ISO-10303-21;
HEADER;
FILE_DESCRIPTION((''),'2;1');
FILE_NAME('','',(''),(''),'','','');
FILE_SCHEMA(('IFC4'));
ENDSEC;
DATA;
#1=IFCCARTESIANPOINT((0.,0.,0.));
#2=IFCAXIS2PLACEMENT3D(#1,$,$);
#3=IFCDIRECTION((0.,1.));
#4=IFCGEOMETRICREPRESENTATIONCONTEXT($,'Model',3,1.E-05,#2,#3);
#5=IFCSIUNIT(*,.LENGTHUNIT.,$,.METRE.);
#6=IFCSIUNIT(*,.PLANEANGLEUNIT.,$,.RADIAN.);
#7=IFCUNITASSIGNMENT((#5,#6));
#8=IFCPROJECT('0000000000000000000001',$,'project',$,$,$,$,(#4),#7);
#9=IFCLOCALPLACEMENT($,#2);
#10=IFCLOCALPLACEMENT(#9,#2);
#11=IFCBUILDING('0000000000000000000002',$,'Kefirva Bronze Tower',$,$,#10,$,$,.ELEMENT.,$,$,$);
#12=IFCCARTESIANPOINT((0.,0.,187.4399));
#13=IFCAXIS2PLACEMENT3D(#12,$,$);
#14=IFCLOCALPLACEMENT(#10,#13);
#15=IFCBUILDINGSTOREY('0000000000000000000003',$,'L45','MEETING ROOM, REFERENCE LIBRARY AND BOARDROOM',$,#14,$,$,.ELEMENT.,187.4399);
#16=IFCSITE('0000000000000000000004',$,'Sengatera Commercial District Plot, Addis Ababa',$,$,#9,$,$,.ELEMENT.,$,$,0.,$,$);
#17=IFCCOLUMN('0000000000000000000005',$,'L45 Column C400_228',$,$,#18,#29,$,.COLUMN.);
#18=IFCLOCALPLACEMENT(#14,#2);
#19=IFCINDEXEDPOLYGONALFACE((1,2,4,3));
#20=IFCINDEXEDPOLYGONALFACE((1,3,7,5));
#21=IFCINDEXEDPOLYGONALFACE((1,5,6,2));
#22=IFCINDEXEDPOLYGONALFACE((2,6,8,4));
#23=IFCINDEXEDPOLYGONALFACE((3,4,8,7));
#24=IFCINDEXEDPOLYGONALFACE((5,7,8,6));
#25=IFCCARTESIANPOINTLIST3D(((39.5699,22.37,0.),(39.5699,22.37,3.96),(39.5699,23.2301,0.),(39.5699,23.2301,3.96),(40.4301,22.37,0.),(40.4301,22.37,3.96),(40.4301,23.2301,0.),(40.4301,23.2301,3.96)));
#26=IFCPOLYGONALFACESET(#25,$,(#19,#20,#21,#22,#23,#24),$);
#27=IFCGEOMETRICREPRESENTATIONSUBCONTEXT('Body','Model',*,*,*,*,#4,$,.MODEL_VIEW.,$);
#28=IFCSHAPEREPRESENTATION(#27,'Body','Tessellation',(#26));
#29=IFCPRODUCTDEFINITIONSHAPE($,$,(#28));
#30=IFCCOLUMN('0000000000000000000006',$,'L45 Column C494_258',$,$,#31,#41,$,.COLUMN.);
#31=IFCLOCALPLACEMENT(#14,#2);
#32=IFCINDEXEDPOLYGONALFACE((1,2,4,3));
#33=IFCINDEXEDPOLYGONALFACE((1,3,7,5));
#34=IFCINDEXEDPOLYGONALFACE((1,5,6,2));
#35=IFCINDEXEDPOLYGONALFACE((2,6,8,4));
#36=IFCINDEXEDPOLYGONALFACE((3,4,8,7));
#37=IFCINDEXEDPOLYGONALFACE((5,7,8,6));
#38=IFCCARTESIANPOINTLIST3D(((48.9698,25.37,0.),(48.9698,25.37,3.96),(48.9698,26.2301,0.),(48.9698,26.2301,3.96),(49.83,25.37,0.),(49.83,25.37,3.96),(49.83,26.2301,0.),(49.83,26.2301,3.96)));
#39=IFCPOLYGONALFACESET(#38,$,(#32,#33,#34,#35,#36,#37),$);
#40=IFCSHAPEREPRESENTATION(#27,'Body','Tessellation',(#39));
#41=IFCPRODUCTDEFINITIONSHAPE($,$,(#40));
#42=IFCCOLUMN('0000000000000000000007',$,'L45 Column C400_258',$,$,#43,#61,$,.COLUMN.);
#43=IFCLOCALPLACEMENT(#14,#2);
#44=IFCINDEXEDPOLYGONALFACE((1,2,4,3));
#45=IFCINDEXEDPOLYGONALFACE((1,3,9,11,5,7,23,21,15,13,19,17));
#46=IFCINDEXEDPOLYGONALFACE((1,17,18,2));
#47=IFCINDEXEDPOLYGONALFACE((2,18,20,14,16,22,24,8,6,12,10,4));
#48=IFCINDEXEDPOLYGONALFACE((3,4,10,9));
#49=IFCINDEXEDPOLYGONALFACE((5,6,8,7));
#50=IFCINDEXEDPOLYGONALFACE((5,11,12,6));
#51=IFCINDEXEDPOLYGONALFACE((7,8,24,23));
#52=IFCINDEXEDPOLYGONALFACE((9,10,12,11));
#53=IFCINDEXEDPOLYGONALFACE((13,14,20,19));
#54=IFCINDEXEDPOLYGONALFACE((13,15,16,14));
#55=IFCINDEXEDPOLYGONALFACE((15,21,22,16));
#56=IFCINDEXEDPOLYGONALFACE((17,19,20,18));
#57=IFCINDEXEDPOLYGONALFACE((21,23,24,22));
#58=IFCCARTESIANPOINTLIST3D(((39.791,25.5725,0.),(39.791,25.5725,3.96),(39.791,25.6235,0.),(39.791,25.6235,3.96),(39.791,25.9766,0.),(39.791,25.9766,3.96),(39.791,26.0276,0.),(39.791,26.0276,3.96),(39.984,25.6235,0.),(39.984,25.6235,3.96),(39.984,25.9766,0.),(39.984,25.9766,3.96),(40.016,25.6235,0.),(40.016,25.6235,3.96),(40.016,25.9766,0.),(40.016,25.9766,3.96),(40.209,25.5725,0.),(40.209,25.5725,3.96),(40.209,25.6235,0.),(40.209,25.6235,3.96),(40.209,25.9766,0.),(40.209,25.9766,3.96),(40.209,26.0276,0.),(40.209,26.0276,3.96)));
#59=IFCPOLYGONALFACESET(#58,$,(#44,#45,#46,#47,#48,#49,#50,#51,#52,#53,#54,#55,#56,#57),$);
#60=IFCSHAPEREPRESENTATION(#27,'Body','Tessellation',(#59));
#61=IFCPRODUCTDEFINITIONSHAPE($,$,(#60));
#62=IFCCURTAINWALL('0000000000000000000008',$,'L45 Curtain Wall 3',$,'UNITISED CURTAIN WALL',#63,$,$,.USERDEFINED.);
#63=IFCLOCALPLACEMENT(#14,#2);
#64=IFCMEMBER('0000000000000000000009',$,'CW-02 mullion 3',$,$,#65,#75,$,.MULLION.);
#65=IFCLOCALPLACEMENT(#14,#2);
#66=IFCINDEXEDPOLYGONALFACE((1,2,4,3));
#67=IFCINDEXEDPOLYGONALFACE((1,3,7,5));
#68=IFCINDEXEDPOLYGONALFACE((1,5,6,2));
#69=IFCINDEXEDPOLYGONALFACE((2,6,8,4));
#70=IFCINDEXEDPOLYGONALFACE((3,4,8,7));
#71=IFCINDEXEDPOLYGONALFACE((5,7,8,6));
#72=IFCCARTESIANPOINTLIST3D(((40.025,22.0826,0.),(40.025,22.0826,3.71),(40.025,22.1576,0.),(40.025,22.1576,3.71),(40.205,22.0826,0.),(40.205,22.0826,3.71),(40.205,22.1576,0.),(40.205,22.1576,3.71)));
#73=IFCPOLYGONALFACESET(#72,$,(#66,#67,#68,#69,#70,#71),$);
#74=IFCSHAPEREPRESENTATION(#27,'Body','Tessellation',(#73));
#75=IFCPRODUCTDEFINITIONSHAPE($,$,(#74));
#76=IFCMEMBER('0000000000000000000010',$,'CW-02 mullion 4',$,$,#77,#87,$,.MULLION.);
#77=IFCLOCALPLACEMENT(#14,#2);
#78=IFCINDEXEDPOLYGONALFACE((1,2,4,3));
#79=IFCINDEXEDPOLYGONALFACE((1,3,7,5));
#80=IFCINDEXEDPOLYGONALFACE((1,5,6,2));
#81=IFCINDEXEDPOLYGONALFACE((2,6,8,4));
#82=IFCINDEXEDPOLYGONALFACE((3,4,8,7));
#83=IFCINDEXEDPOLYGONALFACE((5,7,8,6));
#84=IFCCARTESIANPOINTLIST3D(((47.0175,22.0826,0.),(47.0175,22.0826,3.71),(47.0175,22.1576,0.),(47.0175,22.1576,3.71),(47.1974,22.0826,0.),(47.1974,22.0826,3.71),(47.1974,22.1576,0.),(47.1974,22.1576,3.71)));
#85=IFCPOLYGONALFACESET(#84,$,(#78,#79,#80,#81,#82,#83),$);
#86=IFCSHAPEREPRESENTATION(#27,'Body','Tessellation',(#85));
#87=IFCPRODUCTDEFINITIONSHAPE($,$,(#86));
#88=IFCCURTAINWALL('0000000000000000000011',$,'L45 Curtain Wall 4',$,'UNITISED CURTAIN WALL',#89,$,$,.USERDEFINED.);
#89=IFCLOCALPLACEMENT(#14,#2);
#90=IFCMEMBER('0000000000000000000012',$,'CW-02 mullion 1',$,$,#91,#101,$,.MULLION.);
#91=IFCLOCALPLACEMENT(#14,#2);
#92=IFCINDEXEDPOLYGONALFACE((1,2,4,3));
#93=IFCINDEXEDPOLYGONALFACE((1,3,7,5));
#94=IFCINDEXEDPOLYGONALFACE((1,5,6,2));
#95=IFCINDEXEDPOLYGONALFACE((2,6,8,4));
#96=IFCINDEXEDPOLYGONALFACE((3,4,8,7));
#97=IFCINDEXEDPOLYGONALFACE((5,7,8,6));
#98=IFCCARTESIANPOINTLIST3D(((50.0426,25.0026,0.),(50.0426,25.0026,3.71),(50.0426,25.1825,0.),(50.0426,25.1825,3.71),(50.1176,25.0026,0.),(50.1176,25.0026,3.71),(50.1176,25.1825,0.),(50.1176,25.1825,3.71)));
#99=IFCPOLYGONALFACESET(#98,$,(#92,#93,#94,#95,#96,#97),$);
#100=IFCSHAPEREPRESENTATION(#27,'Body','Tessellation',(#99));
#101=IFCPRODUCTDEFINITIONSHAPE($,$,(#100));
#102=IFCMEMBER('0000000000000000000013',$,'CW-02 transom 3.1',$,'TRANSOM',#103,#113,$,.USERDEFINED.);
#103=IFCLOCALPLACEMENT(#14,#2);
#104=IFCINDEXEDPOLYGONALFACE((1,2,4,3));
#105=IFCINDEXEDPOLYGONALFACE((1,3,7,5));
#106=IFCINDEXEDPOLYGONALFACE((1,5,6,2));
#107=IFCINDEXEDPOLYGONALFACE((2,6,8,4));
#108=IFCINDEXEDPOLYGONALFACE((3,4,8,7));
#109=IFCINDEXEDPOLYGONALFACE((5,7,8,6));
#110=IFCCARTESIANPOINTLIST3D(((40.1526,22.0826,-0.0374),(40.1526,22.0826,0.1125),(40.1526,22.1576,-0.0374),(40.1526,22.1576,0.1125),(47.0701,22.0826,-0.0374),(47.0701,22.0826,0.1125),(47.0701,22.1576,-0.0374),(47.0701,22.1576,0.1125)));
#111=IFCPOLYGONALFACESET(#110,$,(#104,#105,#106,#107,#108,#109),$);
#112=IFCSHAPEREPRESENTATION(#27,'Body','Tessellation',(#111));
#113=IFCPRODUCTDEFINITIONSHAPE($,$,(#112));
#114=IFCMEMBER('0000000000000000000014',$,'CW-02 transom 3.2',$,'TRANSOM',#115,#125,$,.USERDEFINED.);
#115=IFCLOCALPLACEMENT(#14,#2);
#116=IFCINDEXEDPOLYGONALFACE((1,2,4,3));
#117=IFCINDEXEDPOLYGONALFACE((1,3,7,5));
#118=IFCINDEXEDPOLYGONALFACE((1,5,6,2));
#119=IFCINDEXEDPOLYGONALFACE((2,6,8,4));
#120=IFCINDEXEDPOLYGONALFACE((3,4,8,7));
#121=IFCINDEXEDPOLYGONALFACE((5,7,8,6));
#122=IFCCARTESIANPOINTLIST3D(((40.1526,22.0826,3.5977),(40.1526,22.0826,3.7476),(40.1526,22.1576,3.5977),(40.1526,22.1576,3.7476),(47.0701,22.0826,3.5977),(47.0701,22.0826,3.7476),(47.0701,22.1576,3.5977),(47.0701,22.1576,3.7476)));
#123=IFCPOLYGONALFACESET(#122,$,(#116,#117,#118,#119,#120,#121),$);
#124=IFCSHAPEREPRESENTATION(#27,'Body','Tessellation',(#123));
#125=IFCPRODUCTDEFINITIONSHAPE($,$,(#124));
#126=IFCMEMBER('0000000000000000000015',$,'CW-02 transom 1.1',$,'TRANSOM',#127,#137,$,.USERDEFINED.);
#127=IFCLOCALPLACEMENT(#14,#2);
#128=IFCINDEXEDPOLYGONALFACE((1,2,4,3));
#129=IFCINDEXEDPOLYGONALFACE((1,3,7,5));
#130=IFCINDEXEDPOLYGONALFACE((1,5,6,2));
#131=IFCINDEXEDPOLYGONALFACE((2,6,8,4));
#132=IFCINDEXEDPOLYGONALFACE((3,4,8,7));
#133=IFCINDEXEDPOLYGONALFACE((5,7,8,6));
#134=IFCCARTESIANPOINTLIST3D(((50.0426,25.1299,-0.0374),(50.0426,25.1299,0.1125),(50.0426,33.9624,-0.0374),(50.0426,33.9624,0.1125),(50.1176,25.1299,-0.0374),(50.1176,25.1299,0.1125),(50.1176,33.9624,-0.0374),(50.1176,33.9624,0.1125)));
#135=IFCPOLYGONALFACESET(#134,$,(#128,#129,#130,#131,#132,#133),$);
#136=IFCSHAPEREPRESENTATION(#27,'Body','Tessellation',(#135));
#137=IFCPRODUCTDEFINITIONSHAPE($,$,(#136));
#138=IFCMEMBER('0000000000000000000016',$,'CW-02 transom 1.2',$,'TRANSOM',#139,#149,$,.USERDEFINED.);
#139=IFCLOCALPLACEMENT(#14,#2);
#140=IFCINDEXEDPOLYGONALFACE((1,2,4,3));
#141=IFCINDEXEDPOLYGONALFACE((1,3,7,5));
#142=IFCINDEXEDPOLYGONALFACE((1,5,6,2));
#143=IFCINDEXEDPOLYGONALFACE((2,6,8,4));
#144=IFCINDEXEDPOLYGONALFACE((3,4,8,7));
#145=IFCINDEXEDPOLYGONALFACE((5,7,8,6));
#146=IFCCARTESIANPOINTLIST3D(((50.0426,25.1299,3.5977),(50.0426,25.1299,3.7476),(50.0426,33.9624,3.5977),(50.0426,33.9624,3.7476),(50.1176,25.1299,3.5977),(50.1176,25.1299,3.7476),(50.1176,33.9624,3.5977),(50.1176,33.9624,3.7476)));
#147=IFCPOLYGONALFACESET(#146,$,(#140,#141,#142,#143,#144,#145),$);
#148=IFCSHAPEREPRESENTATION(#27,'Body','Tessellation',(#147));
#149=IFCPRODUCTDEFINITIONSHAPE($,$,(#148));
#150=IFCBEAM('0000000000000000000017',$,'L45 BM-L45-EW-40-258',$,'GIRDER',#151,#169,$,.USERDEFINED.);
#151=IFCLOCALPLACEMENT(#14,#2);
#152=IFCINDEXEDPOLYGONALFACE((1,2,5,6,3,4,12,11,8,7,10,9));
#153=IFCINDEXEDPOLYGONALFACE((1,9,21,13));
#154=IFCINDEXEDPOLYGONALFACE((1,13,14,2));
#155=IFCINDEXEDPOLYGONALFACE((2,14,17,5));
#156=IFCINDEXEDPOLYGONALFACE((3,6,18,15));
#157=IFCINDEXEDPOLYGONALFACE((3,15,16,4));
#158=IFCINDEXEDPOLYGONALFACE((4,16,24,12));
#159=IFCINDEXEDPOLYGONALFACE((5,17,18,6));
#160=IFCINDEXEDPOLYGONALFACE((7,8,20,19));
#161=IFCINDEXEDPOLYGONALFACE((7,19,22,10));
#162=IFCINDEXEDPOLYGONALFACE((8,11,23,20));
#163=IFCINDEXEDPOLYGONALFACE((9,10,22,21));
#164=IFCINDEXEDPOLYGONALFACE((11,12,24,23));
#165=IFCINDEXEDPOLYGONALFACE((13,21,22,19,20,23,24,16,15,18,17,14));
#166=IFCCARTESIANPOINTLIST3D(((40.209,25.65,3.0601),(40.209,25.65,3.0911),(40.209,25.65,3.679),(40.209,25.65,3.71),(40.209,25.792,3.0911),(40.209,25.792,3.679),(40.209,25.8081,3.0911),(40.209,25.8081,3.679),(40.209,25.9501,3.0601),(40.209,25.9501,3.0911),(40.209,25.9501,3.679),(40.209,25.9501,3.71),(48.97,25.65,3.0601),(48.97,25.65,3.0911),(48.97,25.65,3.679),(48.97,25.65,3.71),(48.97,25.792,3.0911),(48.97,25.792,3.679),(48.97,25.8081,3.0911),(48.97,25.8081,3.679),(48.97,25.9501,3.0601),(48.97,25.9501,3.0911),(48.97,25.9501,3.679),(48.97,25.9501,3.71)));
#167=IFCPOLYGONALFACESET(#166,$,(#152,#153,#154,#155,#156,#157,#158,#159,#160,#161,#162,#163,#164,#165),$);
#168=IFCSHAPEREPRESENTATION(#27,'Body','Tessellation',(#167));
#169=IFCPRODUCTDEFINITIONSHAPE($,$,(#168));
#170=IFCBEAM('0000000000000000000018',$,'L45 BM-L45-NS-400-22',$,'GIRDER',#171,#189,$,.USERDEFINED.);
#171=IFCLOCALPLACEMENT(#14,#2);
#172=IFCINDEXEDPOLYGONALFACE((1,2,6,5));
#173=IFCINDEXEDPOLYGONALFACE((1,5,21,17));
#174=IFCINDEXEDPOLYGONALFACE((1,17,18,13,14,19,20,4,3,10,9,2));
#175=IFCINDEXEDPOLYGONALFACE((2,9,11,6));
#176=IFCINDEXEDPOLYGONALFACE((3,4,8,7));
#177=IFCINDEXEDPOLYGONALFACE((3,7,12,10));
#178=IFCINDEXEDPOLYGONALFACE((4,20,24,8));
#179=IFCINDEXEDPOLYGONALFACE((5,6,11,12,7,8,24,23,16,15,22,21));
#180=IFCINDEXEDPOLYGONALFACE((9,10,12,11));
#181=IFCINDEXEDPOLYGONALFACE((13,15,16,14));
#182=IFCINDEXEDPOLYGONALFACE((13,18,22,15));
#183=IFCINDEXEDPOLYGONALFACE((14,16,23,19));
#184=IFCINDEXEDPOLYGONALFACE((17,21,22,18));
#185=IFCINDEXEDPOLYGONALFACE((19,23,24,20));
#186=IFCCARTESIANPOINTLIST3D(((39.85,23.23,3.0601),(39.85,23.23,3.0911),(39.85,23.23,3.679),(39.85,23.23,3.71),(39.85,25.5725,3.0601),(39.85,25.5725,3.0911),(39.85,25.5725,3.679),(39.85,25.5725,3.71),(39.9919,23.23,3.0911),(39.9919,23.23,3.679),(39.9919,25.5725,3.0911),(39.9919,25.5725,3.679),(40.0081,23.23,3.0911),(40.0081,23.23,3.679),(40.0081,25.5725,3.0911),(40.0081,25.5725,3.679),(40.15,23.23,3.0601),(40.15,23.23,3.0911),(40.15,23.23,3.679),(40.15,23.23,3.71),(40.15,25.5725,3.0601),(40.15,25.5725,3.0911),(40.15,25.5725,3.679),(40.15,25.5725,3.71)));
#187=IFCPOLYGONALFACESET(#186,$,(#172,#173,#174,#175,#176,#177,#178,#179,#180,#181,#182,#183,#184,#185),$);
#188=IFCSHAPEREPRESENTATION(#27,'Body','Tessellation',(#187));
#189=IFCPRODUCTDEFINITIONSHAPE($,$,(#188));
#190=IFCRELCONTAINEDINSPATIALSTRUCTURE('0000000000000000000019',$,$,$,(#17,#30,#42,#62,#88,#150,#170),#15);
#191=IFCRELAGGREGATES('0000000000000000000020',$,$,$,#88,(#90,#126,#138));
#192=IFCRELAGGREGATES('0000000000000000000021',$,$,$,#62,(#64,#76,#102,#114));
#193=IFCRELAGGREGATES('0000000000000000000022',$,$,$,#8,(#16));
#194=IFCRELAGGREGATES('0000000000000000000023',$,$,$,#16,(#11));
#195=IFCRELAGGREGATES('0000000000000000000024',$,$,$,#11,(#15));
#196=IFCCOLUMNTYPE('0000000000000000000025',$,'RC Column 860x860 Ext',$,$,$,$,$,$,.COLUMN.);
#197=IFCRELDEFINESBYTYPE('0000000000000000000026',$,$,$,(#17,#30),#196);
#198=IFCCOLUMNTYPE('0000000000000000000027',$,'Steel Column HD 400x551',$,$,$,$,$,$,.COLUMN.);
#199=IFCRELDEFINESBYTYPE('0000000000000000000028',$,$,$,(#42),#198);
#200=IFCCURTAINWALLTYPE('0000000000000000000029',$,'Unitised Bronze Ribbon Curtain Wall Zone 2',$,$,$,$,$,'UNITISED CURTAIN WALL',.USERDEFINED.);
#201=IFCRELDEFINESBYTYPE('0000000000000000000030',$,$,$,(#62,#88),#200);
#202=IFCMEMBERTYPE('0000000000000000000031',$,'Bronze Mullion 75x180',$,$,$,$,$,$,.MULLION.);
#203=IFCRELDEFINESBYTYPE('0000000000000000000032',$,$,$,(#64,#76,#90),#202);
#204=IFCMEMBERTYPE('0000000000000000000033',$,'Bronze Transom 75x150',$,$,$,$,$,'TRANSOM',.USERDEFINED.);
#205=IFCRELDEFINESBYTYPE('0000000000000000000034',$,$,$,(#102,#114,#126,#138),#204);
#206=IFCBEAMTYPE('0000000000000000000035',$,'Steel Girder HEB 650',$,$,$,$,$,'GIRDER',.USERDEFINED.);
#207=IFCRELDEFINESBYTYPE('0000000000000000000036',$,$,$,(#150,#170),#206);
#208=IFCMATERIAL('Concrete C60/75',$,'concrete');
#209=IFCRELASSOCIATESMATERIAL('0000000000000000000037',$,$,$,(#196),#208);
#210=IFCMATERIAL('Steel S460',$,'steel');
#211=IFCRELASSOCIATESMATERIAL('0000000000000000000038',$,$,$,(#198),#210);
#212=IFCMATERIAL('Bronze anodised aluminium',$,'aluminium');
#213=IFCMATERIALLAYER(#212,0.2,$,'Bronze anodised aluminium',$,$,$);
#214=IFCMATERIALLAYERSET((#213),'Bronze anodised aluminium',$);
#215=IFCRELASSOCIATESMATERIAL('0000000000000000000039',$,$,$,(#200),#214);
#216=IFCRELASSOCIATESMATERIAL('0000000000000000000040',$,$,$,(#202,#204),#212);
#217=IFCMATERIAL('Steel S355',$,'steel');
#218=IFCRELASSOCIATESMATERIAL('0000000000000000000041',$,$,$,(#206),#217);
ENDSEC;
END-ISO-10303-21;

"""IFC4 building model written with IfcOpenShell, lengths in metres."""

from ifc_helpers import new_model, si_unit, direction, frame, origin, origin_2d, place, context, subcontext, project, spatial, rectangle, i_section, extrude, material, layer, layer_set, material_profile, profile_set, type_object, element, aggregate, save


model = new_model("IFC4")

# Units and contexts
model_context = context("Model", 3, precision=1e-05, world=origin(), true_north=direction((0.0, 1.0)))
body_context = subcontext(model_context, "Body", "Model", "MODEL_VIEW")
ifc_project = project(units=[si_unit("LENGTHUNIT", "METRE"), si_unit("PLANEANGLEUNIT", "RADIAN")], contexts=[model_context])

# Site, building, storey
site_placement = place(None, origin())
site = spatial("IfcSite", under=ifc_project, at=site_placement, Name="Sengatera Commercial District Plot, Addis Ababa", CompositionType="ELEMENT", RefElevation=0.0)
building_placement = place(site_placement, origin())
building = spatial("IfcBuilding", under=site, at=building_placement, Name="Kefirva Bronze Tower", CompositionType="ELEMENT")
storey_placement = place(building_placement, frame((0.0, 0.0, 187.4399)))
storey = spatial("IfcBuildingStorey", under=building, at=storey_placement, Name="L45", Description="MEETING ROOM, REFERENCE LIBRARY AND BOARDROOM", CompositionType="ELEMENT", Elevation=187.4399)

# Columns
ifc_material_1 = material(Name="Concrete C60/75", Category="concrete")
ifc_material_profile_1 = material_profile(ifc_material_1, rectangle(XDim=0.8601, YDim=0.8601, at=origin_2d()), Name="RC 860x860")
ifc_profile_set_1 = profile_set([ifc_material_profile_1], Name="Concrete C60/75")
column_type_1 = type_object("IfcColumnType", Name="RC Column 860x860 Ext", PredefinedType="COLUMN", material=ifc_profile_set_1)
for number, where, z_axis, x_axis, name in (
    (1, (40.0, 22.8, 0.0), (0.0, 0.0, 1.0), (1.0, 0.0, 0.0), "L45 Column C400_228"),
    (2, (49.3999, 25.8, 0.0), (0.0, 0.0, 1.0), (1.0, 0.0, 0.0), "L45 Column C494_258"),
):
    element("IfcColumn", number, at=place(storey_placement, frame(where, z_axis=z_axis, x_axis=x_axis)), inside=storey, type_object=column_type_1, Name=name, PredefinedType="COLUMN", context=body_context, shape_type="SweptSolid", body=[
        extrude(rectangle(XDim=0.8601, YDim=0.8601, at=origin_2d()), origin(), (0.0, 0.0, 1.0), 3.96),
    ])
ifc_material_2 = material(Name="Steel S460", Category="steel")
ifc_material_profile_2 = material_profile(ifc_material_2, i_section(OverallWidth=0.418, OverallDepth=0.4551, WebThickness=0.032, FlangeThickness=0.051, at=origin_2d()), Name="HD 400x551")
ifc_profile_set_2 = profile_set([ifc_material_profile_2], Name="Steel S460")
column_type_2 = type_object("IfcColumnType", Name="Steel Column HD 400x551", PredefinedType="COLUMN", material=ifc_profile_set_2)
column_placement = place(storey_placement, frame((40.0, 25.8, 0.0), z_axis=(0.0, 0.0, 1.0), x_axis=(1.0, 0.0, 0.0)))
element("IfcColumn", 3, at=column_placement, inside=storey, type_object=column_type_2, Name="L45 Column C400_258", PredefinedType="COLUMN", context=body_context, shape_type="SweptSolid", body=[
    extrude(i_section(OverallWidth=0.418, OverallDepth=0.4551, WebThickness=0.032, FlangeThickness=0.051, at=origin_2d()), origin(), (0.0, 0.0, 1.0), 3.96),
])

# Curtain wall, members
ifc_material_3 = material(Name="Bronze anodised aluminium", Category="aluminium")
ifc_layer_1 = layer(ifc_material_3, 0.2, Name="Bronze anodised aluminium")
ifc_layer_set_1 = layer_set([ifc_layer_1], Name="Bronze anodised aluminium")
curtain_wall_type = type_object("IfcCurtainWallType", Name="Unitised Bronze Ribbon Curtain Wall Zone 2", ElementType="UNITISED CURTAIN WALL", PredefinedType="USERDEFINED", material=ifc_layer_set_1)
curtain_wall_1_placement = place(storey_placement, origin())
curtain_wall_1 = element("IfcCurtainWall", 4, at=curtain_wall_1_placement, inside=storey, type_object=curtain_wall_type, Name="L45 Curtain Wall 3", ObjectType="UNITISED CURTAIN WALL", PredefinedType="USERDEFINED")
ifc_material_profile_3 = material_profile(ifc_material_3, rectangle(XDim=0.075, YDim=0.1799, at=origin_2d()), Name="ALU 75x180")
ifc_profile_set_3 = profile_set([ifc_material_profile_3], Name="Bronze anodised aluminium")
member_type_1 = type_object("IfcMemberType", Name="Bronze Mullion 75x180", PredefinedType="MULLION", material=ifc_profile_set_3)
member_1_placement = place(storey_placement, frame((40.115, 22.1201, 0.0), z_axis=(0.0, 0.0, 1.0), x_axis=(0.0, 1.0, 0.0)))
member_1 = element("IfcMember", 5, at=member_1_placement, type_object=member_type_1, Name="CW-02 mullion 3", PredefinedType="MULLION", context=body_context, shape_type="SweptSolid", body=[
    extrude(rectangle(XDim=0.075, YDim=0.1799, at=origin_2d()), origin(), (0.0, 0.0, 1.0), 3.71),
])
member_2_placement = place(storey_placement, frame((47.1074, 22.1201, 0.0), z_axis=(0.0, 0.0, 1.0), x_axis=(0.0, 1.0, 0.0)))
member_2 = element("IfcMember", 6, at=member_2_placement, type_object=member_type_1, Name="CW-02 mullion 4", PredefinedType="MULLION", context=body_context, shape_type="SweptSolid", body=[
    extrude(rectangle(XDim=0.075, YDim=0.1799, at=origin_2d()), origin(), (0.0, 0.0, 1.0), 3.71),
])

# Curtain wall, member
curtain_wall_2_placement = place(storey_placement, origin())
curtain_wall_2 = element("IfcCurtainWall", 7, at=curtain_wall_2_placement, inside=storey, type_object=curtain_wall_type, Name="L45 Curtain Wall 4", ObjectType="UNITISED CURTAIN WALL", PredefinedType="USERDEFINED")
member_3_placement = place(storey_placement, frame((50.0801, 25.0925, 0.0), z_axis=(0.0, 0.0, 1.0), x_axis=(-1.0, 0.0, 0.0)))
member_3 = element("IfcMember", 8, at=member_3_placement, type_object=member_type_1, Name="CW-02 mullion 1", PredefinedType="MULLION", context=body_context, shape_type="SweptSolid", body=[
    extrude(rectangle(XDim=0.075, YDim=0.1799, at=origin_2d()), origin(), (0.0, 0.0, 1.0), 3.71),
])

# Members
ifc_material_profile_4 = material_profile(ifc_material_3, rectangle(XDim=0.075, YDim=0.1499, at=origin_2d()), Name="ALU 75x150")
ifc_profile_set_4 = profile_set([ifc_material_profile_4], Name="Bronze anodised aluminium")
member_type_2 = type_object("IfcMemberType", Name="Bronze Transom 75x150", ElementType="TRANSOM", PredefinedType="USERDEFINED", material=ifc_profile_set_4)
member_4_placement = place(storey_placement, frame((40.1526, 22.1201, 0.0376), z_axis=(1.0, 0.0, 0.0), x_axis=(0.0, 1.0, 0.0)))
member_4 = element("IfcMember", 9, at=member_4_placement, type_object=member_type_2, Name="CW-02 transom 3.1", ObjectType="TRANSOM", PredefinedType="USERDEFINED", context=body_context, shape_type="SweptSolid", body=[
    extrude(rectangle(XDim=0.075, YDim=0.1499, at=origin_2d()), origin(), (0.0, 0.0, 1.0), 6.9175),
])
member_5_placement = place(storey_placement, frame((40.1526, 22.1201, 3.6726), z_axis=(1.0, 0.0, 0.0), x_axis=(0.0, 1.0, 0.0)))
member_5 = element("IfcMember", 10, at=member_5_placement, type_object=member_type_2, Name="CW-02 transom 3.2", ObjectType="TRANSOM", PredefinedType="USERDEFINED", context=body_context, shape_type="SweptSolid", body=[
    extrude(rectangle(XDim=0.075, YDim=0.1499, at=origin_2d()), origin(), (0.0, 0.0, 1.0), 6.9175),
])
member_6_placement = place(storey_placement, frame((50.0801, 25.1299, 0.0376), z_axis=(0.0, 1.0, 0.0), x_axis=(-1.0, 0.0, 0.0)))
member_6 = element("IfcMember", 11, at=member_6_placement, type_object=member_type_2, Name="CW-02 transom 1.1", ObjectType="TRANSOM", PredefinedType="USERDEFINED", context=body_context, shape_type="SweptSolid", body=[
    extrude(rectangle(XDim=0.075, YDim=0.1499, at=origin_2d()), origin(), (0.0, 0.0, 1.0), 8.8325),
])
member_7_placement = place(storey_placement, frame((50.0801, 25.1299, 3.6726), z_axis=(0.0, 1.0, 0.0), x_axis=(-1.0, 0.0, 0.0)))
member_7 = element("IfcMember", 12, at=member_7_placement, type_object=member_type_2, Name="CW-02 transom 1.2", ObjectType="TRANSOM", PredefinedType="USERDEFINED", context=body_context, shape_type="SweptSolid", body=[
    extrude(rectangle(XDim=0.075, YDim=0.1499, at=origin_2d()), origin(), (0.0, 0.0, 1.0), 8.8325),
])
aggregate(curtain_wall_2, [member_3, member_6, member_7])

# Beams
ifc_material_4 = material(Name="Steel S355", Category="steel")
ifc_material_profile_5 = material_profile(ifc_material_4, i_section(OverallWidth=0.3, OverallDepth=0.6499, WebThickness=0.0161, FlangeThickness=0.031, at=origin_2d()), Name="HEB 650")
ifc_profile_set_5 = profile_set([ifc_material_profile_5], Name="Steel S355")
beam_type = type_object("IfcBeamType", Name="Steel Girder HEB 650", ElementType="GIRDER", PredefinedType="USERDEFINED", material=ifc_profile_set_5)
beam_1_placement = place(storey_placement, frame((40.209, 25.8, 3.385), z_axis=(1.0, 0.0, 0.0), x_axis=(0.0, 1.0, 0.0)))
element("IfcBeam", 13, at=beam_1_placement, inside=storey, type_object=beam_type, Name="L45 BM-L45-EW-40-258", ObjectType="GIRDER", PredefinedType="USERDEFINED", context=body_context, shape_type="SweptSolid", body=[
    extrude(i_section(OverallWidth=0.3, OverallDepth=0.6499, WebThickness=0.0161, FlangeThickness=0.031, at=origin_2d()), origin(), (0.0, 0.0, 1.0), 8.761),
])
beam_2_placement = place(storey_placement, frame((40.0, 23.23, 3.385), z_axis=(0.0, 1.0, 0.0), x_axis=(-1.0, 0.0, 0.0)))
element("IfcBeam", 14, at=beam_2_placement, inside=storey, type_object=beam_type, Name="L45 BM-L45-NS-400-22", ObjectType="GIRDER", PredefinedType="USERDEFINED", context=body_context, shape_type="SweptSolid", body=[
    extrude(i_section(OverallWidth=0.3, OverallDepth=0.6499, WebThickness=0.0161, FlangeThickness=0.031, at=origin_2d()), origin(), (0.0, 0.0, 1.0), 2.3425),
])

aggregate(curtain_wall_1, [member_1, member_2, member_4, member_5])

save(model, "model.ifc")
